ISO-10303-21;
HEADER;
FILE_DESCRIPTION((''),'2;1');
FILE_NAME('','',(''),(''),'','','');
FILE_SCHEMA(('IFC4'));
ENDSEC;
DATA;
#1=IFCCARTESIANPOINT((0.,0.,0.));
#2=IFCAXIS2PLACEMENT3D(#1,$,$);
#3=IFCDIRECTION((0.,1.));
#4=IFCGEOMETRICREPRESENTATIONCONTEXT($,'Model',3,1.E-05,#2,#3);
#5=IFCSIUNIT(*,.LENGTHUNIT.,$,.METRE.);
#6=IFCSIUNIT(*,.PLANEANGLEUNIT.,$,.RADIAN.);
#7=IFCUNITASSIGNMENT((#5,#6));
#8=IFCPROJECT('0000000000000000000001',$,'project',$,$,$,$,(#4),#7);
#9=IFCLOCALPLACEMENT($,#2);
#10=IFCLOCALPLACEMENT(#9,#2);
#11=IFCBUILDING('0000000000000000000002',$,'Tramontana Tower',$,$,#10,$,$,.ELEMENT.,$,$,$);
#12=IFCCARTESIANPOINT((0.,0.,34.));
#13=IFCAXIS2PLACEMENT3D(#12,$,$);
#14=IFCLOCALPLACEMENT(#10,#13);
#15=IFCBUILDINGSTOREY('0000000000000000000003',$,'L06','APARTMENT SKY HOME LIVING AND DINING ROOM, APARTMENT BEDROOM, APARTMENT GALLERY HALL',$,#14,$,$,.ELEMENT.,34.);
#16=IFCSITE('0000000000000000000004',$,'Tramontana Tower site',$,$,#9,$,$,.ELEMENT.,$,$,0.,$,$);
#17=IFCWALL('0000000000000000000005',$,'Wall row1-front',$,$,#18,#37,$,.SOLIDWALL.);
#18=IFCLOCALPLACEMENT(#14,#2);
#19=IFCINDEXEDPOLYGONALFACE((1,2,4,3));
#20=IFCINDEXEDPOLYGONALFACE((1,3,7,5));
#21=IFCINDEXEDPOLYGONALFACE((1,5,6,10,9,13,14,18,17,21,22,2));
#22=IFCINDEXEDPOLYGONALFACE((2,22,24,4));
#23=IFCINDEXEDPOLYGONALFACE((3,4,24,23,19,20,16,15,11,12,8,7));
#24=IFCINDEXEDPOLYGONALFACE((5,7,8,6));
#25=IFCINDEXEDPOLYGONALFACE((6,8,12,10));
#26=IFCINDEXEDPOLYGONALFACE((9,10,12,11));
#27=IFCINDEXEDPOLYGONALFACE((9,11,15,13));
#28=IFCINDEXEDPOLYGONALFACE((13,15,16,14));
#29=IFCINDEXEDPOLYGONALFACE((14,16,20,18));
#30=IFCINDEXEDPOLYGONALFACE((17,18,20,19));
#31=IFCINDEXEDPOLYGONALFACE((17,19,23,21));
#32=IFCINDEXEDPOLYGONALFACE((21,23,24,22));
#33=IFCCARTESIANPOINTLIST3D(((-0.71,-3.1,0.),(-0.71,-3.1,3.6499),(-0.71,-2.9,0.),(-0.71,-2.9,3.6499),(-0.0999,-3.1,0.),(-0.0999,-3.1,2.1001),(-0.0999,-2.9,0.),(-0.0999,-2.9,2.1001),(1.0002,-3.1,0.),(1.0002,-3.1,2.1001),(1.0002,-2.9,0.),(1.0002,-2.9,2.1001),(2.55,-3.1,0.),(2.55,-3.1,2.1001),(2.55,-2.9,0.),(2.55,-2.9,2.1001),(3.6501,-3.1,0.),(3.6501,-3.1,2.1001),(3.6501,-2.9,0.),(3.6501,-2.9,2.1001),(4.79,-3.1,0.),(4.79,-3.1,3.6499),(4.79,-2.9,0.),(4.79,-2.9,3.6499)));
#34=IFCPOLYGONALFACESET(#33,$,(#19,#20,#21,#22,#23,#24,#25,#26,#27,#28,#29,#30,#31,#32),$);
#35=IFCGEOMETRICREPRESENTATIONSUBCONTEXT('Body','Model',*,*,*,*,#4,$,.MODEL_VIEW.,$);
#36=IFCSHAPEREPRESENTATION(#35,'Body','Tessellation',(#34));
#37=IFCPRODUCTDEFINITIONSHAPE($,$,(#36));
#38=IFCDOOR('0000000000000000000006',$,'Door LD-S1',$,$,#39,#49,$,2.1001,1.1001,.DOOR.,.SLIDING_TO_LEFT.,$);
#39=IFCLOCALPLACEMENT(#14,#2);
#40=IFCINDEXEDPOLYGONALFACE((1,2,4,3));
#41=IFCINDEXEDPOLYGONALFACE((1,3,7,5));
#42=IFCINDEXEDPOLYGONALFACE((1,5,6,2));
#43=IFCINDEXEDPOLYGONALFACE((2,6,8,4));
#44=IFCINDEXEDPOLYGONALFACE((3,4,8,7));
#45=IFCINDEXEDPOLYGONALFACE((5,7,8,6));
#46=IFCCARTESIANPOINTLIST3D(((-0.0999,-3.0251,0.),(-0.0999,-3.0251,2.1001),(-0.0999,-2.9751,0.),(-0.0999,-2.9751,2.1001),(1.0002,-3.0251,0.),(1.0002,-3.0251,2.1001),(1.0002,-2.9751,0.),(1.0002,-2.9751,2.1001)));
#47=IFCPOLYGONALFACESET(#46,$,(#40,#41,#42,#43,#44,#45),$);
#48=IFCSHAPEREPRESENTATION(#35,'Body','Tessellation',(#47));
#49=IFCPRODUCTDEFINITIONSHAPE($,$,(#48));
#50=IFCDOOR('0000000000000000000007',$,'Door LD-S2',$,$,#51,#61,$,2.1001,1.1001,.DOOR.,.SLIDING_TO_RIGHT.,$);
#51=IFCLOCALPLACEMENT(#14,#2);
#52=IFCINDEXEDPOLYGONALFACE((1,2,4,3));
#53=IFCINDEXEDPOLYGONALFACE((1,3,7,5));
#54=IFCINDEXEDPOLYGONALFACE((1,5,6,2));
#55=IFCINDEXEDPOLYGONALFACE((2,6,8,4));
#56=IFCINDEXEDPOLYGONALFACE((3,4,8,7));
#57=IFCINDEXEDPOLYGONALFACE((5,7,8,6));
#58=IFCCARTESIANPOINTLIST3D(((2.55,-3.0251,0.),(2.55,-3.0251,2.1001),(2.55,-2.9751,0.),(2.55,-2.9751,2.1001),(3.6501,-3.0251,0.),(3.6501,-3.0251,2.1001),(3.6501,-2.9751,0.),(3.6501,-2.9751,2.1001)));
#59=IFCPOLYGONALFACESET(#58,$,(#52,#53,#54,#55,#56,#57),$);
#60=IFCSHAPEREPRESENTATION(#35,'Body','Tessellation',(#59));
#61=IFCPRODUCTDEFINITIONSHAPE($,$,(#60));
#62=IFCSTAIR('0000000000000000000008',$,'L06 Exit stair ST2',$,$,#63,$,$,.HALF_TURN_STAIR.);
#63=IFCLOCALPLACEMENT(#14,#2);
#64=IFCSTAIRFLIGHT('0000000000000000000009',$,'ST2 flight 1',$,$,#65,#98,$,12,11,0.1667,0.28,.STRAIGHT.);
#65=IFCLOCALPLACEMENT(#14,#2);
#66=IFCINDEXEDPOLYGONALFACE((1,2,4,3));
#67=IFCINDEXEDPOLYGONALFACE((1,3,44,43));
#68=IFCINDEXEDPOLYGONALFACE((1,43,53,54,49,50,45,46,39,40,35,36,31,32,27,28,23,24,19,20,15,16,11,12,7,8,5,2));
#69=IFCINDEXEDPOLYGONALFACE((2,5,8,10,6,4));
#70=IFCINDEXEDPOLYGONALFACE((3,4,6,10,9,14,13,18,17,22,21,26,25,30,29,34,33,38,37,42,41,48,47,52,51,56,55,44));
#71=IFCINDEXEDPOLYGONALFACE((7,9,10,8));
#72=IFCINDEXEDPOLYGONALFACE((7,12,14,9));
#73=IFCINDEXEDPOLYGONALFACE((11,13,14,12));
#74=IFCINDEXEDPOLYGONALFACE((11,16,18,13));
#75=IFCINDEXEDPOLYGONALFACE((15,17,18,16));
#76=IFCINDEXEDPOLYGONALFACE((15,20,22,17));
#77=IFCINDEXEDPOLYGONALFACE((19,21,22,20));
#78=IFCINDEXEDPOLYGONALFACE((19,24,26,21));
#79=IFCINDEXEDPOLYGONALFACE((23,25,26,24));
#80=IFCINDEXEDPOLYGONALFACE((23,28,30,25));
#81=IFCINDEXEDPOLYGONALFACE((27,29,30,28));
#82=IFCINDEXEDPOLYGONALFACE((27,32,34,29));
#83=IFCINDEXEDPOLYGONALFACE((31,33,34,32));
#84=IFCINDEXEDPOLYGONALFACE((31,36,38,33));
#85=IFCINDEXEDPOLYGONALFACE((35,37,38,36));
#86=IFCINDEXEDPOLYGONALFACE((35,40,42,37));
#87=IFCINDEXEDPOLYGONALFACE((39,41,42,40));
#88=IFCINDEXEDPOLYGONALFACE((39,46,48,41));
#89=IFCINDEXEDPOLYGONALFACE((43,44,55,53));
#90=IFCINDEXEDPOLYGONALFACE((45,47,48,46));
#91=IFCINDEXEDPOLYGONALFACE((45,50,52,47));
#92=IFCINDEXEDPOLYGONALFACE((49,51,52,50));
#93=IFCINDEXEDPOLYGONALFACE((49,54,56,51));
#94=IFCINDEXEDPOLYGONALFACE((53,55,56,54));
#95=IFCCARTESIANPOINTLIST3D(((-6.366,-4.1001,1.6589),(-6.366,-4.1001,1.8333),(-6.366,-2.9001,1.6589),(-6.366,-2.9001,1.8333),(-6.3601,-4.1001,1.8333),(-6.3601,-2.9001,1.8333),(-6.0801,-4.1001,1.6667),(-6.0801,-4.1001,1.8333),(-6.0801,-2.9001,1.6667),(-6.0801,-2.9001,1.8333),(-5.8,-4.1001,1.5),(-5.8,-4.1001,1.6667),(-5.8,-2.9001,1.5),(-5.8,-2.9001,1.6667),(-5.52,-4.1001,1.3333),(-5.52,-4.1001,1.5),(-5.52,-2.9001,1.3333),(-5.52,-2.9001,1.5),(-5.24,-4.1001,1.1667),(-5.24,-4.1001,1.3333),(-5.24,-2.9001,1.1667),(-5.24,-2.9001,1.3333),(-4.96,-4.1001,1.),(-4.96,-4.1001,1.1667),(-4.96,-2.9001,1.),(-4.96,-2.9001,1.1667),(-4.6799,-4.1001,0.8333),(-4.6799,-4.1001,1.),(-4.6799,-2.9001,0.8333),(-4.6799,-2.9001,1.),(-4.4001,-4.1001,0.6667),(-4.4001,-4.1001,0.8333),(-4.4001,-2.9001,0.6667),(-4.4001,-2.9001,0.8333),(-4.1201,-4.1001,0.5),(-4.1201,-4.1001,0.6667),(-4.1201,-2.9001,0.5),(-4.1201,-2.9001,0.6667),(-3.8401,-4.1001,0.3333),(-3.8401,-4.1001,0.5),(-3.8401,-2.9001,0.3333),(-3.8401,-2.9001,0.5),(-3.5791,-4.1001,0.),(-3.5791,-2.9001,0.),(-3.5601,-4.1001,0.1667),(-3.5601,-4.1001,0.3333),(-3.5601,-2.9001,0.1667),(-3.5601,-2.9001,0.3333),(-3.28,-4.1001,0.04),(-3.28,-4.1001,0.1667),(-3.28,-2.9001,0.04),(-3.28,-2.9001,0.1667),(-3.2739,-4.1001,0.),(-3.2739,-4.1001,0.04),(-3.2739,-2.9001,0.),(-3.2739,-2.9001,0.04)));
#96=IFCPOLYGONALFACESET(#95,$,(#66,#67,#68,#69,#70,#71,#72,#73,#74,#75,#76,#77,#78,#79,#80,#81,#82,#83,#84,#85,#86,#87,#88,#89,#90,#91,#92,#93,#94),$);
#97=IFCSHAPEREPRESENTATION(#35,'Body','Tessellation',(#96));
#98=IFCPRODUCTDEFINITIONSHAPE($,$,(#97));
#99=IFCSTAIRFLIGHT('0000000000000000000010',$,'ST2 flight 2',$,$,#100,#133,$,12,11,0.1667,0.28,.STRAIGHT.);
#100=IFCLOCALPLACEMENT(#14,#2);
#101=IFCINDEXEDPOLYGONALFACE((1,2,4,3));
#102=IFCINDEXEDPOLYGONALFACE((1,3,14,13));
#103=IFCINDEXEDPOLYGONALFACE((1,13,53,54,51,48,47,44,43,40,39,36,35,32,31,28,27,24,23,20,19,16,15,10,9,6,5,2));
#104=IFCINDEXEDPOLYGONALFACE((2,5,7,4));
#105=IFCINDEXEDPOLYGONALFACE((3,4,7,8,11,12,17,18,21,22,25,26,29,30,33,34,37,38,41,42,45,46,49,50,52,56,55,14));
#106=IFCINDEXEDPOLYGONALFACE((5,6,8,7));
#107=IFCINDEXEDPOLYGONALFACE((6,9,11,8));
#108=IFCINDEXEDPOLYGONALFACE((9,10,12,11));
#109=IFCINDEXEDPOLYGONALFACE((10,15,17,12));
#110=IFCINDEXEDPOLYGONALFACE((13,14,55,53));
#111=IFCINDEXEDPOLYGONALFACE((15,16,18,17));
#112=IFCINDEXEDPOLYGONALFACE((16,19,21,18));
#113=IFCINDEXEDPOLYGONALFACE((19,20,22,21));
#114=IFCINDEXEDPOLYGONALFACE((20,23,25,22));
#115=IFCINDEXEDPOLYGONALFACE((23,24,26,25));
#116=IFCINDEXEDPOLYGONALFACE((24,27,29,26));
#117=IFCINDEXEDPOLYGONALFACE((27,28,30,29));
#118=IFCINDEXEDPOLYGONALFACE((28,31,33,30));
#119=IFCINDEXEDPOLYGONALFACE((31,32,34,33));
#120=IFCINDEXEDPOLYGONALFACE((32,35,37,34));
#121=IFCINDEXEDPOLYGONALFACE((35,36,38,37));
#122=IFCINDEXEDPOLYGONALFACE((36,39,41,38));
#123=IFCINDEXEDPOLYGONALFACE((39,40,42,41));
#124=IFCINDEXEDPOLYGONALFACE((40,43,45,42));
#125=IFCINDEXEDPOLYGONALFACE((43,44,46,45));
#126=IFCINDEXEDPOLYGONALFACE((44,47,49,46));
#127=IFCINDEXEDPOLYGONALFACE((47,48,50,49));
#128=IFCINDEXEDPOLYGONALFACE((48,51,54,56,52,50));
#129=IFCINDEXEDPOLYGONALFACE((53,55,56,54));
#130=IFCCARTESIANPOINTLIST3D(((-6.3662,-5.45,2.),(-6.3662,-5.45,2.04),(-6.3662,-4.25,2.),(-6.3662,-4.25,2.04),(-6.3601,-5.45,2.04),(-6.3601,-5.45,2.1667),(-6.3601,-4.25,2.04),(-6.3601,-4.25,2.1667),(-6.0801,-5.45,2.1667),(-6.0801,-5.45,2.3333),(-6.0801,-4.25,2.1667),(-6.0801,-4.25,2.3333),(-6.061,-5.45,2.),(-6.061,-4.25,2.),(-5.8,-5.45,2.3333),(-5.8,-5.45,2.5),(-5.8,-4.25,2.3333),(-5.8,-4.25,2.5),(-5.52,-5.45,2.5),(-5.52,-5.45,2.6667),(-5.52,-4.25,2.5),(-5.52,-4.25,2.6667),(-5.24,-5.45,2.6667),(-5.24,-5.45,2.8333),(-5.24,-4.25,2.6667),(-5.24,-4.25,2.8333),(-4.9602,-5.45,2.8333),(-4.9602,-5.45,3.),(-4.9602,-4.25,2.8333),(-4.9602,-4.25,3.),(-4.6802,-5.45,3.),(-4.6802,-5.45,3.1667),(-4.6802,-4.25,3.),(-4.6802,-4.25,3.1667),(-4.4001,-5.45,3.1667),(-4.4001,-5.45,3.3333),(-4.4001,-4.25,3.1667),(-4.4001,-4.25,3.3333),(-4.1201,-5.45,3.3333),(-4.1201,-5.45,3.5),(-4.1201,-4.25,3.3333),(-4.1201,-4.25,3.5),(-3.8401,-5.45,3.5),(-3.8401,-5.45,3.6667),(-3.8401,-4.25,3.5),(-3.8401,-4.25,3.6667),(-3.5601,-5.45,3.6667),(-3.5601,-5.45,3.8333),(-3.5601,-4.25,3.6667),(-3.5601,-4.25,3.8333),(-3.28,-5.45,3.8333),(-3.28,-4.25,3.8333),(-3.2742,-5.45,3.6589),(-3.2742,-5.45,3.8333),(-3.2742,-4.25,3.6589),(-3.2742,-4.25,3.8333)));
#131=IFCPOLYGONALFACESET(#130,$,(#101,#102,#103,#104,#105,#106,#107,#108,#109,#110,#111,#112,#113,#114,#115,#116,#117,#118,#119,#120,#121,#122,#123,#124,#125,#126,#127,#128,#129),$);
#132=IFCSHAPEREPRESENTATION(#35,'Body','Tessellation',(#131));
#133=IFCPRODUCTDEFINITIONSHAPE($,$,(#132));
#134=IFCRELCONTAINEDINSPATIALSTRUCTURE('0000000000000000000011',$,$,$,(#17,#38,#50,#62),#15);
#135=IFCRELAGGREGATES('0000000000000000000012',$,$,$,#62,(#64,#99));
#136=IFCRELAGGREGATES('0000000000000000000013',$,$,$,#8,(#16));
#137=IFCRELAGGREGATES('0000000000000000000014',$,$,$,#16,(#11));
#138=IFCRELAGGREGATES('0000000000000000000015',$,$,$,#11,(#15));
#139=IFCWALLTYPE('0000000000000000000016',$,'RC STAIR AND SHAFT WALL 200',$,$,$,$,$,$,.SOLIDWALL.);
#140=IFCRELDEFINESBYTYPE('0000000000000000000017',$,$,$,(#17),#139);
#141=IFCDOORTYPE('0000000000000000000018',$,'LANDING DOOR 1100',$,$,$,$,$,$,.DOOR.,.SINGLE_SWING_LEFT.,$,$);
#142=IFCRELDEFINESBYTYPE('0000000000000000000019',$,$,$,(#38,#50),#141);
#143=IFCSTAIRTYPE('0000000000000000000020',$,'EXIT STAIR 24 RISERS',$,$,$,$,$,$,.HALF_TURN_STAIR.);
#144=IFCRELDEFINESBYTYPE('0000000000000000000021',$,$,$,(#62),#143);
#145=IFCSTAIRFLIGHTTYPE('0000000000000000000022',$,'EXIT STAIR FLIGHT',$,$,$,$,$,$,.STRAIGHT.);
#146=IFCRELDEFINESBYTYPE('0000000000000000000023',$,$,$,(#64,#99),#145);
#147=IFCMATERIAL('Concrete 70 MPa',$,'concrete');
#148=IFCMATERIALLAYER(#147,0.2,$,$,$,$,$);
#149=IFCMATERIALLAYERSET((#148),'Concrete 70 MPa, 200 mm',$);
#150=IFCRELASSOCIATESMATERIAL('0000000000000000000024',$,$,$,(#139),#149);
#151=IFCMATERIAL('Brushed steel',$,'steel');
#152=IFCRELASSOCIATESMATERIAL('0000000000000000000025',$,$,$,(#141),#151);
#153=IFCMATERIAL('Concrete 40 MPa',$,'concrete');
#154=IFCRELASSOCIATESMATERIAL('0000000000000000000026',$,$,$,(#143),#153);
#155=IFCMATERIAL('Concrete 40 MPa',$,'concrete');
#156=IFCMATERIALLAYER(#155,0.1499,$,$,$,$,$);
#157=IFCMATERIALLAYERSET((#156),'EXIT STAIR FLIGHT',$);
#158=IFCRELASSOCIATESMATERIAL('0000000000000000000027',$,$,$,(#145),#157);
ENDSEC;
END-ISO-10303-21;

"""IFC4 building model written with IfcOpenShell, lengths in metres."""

from ifc_helpers import new_model, si_unit, direction, frame, frame_2d, origin, place, context, subcontext, project, spatial, polyline, rectangle, outline, extrude, material, layer, layer_set, type_object, element, fill, aggregate, save


model = new_model("IFC4")

# Units and contexts
model_context = context("Model", 3, precision=1e-05, world=origin(), true_north=direction((0.0, 1.0)))
body_context = subcontext(model_context, "Body", "Model", "MODEL_VIEW")
ifc_project = project(units=[si_unit("LENGTHUNIT", "METRE"), si_unit("PLANEANGLEUNIT", "RADIAN")], contexts=[model_context])

# Site, building, storey
site_placement = place(None, origin())
site = spatial("IfcSite", under=ifc_project, at=site_placement, Name="Tramontana Tower site", CompositionType="ELEMENT", RefElevation=0.0)
building_placement = place(site_placement, origin())
building = spatial("IfcBuilding", under=site, at=building_placement, Name="Tramontana Tower", CompositionType="ELEMENT")
storey_placement = place(building_placement, frame((0.0, 0.0, 34.0)))
storey = spatial("IfcBuildingStorey", under=building, at=storey_placement, Name="L06", Description="APARTMENT SKY HOME LIVING AND DINING ROOM, APARTMENT BEDROOM, APARTMENT GALLERY HALL", CompositionType="ELEMENT", Elevation=34.0)

# Wall, openings, doors
ifc_material_1 = material(Name="Concrete 70 MPa", Category="concrete")
ifc_layer_1 = layer(ifc_material_1, 0.2)
ifc_layer_set_1 = layer_set([ifc_layer_1], Name="Concrete 70 MPa, 200 mm")
wall_type_1 = type_object("IfcWallType", Name="RC STAIR AND SHAFT WALL 200", PredefinedType="SOLIDWALL", material=ifc_layer_set_1)
wall_1_placement = place(storey_placement, frame((-0.71, -3.0, 0.0), z_axis=(0.0, 0.0, 1.0), x_axis=(1.0, 0.0, 0.0)))
wall_1 = element("IfcWall", 1, at=wall_1_placement, inside=storey, type_object=wall_type_1, Name="Wall row1-front", PredefinedType="SOLIDWALL", context=body_context, shape_type="SweptSolid", body=[
    extrude(rectangle(XDim=5.5, YDim=0.2, at=frame_2d((2.75, 0.0))), origin(), (0.0, 0.0, 1.0), 3.6499),
])
opening_1_placement = place(wall_1_placement, frame((0.6101, 0.0, 0.0)))
opening_1 = element("IfcOpeningElement", 2, at=opening_1_placement, cuts=wall_1, PredefinedType="OPENING", context=body_context, shape_type="SweptSolid", body=[
    extrude(rectangle(XDim=1.1001, YDim=2.1001, at=frame_2d((0.55, 1.05))), frame((0.0, 0.1099, 0.0), z_axis=(0.0, -1.0, 0.0), x_axis=(1.0, 0.0, 0.0)), (0.0, 0.0, 1.0), 0.22),
])
opening_2_placement = place(wall_1_placement, frame((3.26, 0.0, 0.0)))
opening_2 = element("IfcOpeningElement", 3, at=opening_2_placement, cuts=wall_1, PredefinedType="OPENING", context=body_context, shape_type="SweptSolid", body=[
    extrude(rectangle(XDim=1.1001, YDim=2.1001, at=frame_2d((0.55, 1.05))), frame((0.0, 0.1099, 0.0), z_axis=(0.0, -1.0, 0.0), x_axis=(1.0, 0.0, 0.0)), (0.0, 0.0, 1.0), 0.22),
])
ifc_material_2 = material(Name="Brushed steel", Category="steel")
door_type_1 = type_object("IfcDoorType", Name="LANDING DOOR 1100", OperationType="SINGLE_SWING_LEFT", PredefinedType="DOOR", material=ifc_material_2)
door_1_placement = place(opening_1_placement, origin())
door_1 = element("IfcDoor", 4, at=door_1_placement, inside=storey, type_object=door_type_1, Name="Door LD-S1", OperationType="SLIDING_TO_LEFT", OverallHeight=2.1001, OverallWidth=1.1001, PredefinedType="DOOR", context=body_context, shape_type="SweptSolid", body=[
    extrude(rectangle(XDim=1.1001, YDim=2.1001, at=frame_2d((0.55, 1.05))), frame((0.0, 0.0249, 0.0), z_axis=(0.0, -1.0, 0.0), x_axis=(1.0, 0.0, 0.0)), (0.0, 0.0, 1.0), 0.05),
])
fill(opening_1, door_1)
door_2_placement = place(opening_2_placement, origin())
door_2 = element("IfcDoor", 5, at=door_2_placement, inside=storey, type_object=door_type_1, Name="Door LD-S2", OperationType="SLIDING_TO_RIGHT", OverallHeight=2.1001, OverallWidth=1.1001, PredefinedType="DOOR", context=body_context, shape_type="SweptSolid", body=[
    extrude(rectangle(XDim=1.1001, YDim=2.1001, at=frame_2d((0.55, 1.05))), frame((0.0, 0.0249, 0.0), z_axis=(0.0, -1.0, 0.0), x_axis=(1.0, 0.0, 0.0)), (0.0, 0.0, 1.0), 0.05),
])
fill(opening_2, door_2)

# Stair, stair flights
ifc_material_3 = material(Name="Concrete 40 MPa", Category="concrete")
stair_type = type_object("IfcStairType", Name="EXIT STAIR 24 RISERS", PredefinedType="HALF_TURN_STAIR", material=ifc_material_3)
stair_placement = place(storey_placement, origin())
stair = element("IfcStair", 6, at=stair_placement, inside=storey, type_object=stair_type, Name="L06 Exit stair ST2", PredefinedType="HALF_TURN_STAIR")
ifc_material_4 = material(Name="Concrete 40 MPa", Category="concrete")
ifc_layer_2 = layer(ifc_material_4, 0.1499)
ifc_layer_set_2 = layer_set([ifc_layer_2], Name="EXIT STAIR FLIGHT")
stair_flight_type = type_object("IfcStairFlightType", Name="EXIT STAIR FLIGHT", PredefinedType="STRAIGHT", material=ifc_layer_set_2)
stair_flight_1_placement = place(storey_placement, frame((-3.28, -3.5, 0.0), z_axis=(0.0, 0.0, 1.0), x_axis=(-1.0, 0.0, 0.0)))
stair_flight_1 = element("IfcStairFlight", 7, at=stair_flight_1_placement, type_object=stair_flight_type, Name="ST2 flight 1", NumberOfRisers=12, NumberOfTreads=11, PredefinedType="STRAIGHT", RiserHeight=0.1667, TreadLength=0.28, context=body_context, shape_type="SweptSolid", body=[
    extrude(outline(polyline([(-0.0061, 0.0), (-0.0061, 0.04), (0.0, 0.04), (0.0, 0.1667), (0.28, 0.1667), (0.28, 0.3333), (0.5601, 0.3333), (0.5601, 0.5), (0.8401, 0.5), (0.8401, 0.6667), (1.1201, 0.6667), (1.1201, 0.8333), (1.3999, 0.8333), (1.3999, 1.0), (1.6799, 1.0), (1.6799, 1.1667), (1.96, 1.1667), (1.96, 1.3333), (2.24, 1.3333), (2.24, 1.5), (2.52, 1.5), (2.52, 1.6667), (2.8, 1.6667), (2.8, 1.8333), (3.0801, 1.8333), (3.0859, 1.8333), (3.0859, 1.6589), (0.2991, 0.0), (-0.0061, 0.0)])), frame((0.0, 0.6001, 0.0), z_axis=(0.0, -1.0, 0.0), x_axis=(1.0, 0.0, 0.0)), (0.0, 0.0, 1.0), 1.2),
])
stair_flight_2_placement = place(storey_placement, frame((-6.3601, -4.8501, 2.0), z_axis=(0.0, 0.0, 1.0), x_axis=(1.0, 0.0, 0.0)))
stair_flight_2 = element("IfcStairFlight", 8, at=stair_flight_2_placement, type_object=stair_flight_type, Name="ST2 flight 2", NumberOfRisers=12, NumberOfTreads=11, PredefinedType="STRAIGHT", RiserHeight=0.1667, TreadLength=0.28, context=body_context, shape_type="SweptSolid", body=[
    extrude(outline(polyline([(-0.0061, 0.0), (-0.0061, 0.04), (0.0, 0.04), (0.0, 0.1667), (0.28, 0.1667), (0.28, 0.3333), (0.5601, 0.3333), (0.5601, 0.5), (0.8401, 0.5), (0.8401, 0.6667), (1.1201, 0.6667), (1.1201, 0.8333), (1.3999, 0.8333), (1.3999, 1.0), (1.6799, 1.0), (1.6799, 1.1667), (1.96, 1.1667), (1.96, 1.3333), (2.24, 1.3333), (2.24, 1.5), (2.52, 1.5), (2.52, 1.6667), (2.8, 1.6667), (2.8, 1.8333), (3.0801, 1.8333), (3.0859, 1.8333), (3.0859, 1.6589), (0.2991, 0.0), (-0.0061, 0.0)])), frame((0.0, 0.6001, 0.0), z_axis=(0.0, -1.0, 0.0), x_axis=(1.0, 0.0, 0.0)), (0.0, 0.0, 1.0), 1.2),
])
aggregate(stair, [stair_flight_1, stair_flight_2])

save(model, "model.ifc")
